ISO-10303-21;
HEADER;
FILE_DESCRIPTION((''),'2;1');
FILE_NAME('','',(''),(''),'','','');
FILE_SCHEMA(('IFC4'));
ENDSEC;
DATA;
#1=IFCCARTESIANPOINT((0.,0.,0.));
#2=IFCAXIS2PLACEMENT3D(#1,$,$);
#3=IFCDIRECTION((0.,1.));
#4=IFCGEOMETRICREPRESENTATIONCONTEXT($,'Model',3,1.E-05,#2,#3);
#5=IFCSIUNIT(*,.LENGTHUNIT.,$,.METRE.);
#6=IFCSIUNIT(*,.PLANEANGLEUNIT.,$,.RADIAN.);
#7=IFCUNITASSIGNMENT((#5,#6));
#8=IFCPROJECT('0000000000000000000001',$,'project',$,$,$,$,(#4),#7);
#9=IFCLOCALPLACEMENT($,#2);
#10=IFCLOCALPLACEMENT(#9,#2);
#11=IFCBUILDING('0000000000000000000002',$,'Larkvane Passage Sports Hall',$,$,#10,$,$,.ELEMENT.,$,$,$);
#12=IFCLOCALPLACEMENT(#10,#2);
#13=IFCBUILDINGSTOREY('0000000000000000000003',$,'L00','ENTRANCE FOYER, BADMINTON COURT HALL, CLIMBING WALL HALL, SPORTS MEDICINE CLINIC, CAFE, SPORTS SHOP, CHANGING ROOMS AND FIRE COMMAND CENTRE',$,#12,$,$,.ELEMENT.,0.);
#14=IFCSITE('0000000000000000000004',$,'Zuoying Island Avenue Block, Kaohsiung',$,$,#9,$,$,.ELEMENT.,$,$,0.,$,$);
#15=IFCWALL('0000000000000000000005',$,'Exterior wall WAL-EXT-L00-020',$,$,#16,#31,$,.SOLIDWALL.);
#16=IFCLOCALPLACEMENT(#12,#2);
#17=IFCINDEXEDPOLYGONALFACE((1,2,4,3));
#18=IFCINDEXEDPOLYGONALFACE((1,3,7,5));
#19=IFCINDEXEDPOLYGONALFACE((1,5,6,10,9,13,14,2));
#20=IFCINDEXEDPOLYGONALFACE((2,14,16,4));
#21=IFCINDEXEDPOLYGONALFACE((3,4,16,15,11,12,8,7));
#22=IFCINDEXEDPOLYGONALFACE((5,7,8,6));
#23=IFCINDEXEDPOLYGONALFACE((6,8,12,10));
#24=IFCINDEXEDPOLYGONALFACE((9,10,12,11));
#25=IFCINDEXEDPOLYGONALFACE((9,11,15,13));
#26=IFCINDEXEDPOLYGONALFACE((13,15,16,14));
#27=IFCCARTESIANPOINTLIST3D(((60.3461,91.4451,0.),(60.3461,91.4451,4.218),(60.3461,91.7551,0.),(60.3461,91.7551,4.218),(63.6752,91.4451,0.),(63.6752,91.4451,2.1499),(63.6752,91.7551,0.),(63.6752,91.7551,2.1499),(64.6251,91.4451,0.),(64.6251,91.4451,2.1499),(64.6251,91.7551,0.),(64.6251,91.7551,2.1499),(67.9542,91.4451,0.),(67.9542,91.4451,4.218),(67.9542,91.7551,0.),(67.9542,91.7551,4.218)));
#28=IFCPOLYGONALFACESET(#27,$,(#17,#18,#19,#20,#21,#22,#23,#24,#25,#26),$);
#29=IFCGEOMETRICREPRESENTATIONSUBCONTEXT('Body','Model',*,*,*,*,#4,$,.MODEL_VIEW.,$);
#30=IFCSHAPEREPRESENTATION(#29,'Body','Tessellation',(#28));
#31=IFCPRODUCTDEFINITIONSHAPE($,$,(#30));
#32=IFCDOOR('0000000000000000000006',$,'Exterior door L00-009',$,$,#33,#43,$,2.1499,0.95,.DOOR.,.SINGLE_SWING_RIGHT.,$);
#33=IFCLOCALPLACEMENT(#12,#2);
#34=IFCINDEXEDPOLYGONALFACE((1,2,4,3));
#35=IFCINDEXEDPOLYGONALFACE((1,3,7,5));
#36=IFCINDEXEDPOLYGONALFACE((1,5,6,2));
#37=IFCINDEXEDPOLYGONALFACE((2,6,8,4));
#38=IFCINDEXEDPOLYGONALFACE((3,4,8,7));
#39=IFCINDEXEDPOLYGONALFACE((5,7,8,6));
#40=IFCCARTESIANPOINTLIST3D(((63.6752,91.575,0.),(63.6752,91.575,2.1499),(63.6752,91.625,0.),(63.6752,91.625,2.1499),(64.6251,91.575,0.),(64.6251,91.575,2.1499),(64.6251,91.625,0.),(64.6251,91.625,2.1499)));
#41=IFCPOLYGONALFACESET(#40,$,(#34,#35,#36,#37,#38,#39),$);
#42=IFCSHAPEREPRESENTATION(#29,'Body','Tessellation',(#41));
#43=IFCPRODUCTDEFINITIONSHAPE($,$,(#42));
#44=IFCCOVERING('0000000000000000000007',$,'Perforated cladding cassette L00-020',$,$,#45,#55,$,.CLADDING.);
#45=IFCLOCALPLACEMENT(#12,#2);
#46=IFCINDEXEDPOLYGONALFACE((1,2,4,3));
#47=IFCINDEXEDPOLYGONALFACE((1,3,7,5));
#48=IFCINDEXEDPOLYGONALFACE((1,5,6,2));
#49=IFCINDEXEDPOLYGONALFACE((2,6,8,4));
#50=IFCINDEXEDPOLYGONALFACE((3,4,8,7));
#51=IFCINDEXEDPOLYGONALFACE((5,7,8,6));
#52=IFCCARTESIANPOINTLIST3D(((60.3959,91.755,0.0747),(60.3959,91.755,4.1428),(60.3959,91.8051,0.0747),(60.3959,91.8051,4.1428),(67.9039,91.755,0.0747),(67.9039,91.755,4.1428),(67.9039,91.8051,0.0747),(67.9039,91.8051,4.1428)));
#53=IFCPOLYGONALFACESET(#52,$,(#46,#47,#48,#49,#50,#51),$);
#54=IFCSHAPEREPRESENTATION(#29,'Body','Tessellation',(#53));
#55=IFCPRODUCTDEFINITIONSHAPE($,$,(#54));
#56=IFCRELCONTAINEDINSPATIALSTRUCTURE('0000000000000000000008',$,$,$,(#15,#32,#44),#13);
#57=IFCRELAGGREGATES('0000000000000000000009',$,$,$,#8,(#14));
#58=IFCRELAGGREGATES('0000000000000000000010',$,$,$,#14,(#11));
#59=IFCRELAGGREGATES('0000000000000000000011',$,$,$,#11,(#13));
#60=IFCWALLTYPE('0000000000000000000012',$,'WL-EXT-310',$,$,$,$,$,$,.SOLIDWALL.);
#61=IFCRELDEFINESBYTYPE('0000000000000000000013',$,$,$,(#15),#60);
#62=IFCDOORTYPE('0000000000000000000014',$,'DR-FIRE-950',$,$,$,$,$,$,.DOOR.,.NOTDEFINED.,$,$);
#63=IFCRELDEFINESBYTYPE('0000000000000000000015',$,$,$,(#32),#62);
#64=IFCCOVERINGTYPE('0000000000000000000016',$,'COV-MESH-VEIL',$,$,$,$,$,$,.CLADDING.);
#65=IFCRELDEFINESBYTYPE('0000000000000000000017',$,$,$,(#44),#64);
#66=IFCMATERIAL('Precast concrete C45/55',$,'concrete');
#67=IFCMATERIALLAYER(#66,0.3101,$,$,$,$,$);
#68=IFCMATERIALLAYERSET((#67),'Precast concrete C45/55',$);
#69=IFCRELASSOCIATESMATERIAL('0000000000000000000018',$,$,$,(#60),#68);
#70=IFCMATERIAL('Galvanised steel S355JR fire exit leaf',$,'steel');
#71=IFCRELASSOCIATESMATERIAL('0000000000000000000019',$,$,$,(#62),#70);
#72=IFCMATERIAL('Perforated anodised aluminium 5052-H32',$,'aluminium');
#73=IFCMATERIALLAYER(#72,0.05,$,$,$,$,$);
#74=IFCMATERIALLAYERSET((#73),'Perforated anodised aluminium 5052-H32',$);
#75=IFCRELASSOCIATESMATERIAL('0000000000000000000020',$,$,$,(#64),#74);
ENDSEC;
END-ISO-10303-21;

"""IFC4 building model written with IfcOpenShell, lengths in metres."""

from ifc_helpers import new_model, si_unit, direction, frame, frame_2d, origin, origin_2d, place, context, subcontext, project, spatial, rectangle, extrude, material, layer, layer_set, type_object, element, fill, save


model = new_model("IFC4")

# Units and contexts
model_context = context("Model", 3, precision=1e-05, world=origin(), true_north=direction((0.0, 1.0)))
body_context = subcontext(model_context, "Body", "Model", "MODEL_VIEW")
ifc_project = project(units=[si_unit("LENGTHUNIT", "METRE"), si_unit("PLANEANGLEUNIT", "RADIAN")], contexts=[model_context])

# Site, building, storey
site_placement = place(None, origin())
site = spatial("IfcSite", under=ifc_project, at=site_placement, Name="Zuoying Island Avenue Block, Kaohsiung", CompositionType="ELEMENT", RefElevation=0.0)
building_placement = place(site_placement, origin())
building = spatial("IfcBuilding", under=site, at=building_placement, Name="Larkvane Passage Sports Hall", CompositionType="ELEMENT")
storey_placement = place(building_placement, origin())
storey = spatial("IfcBuildingStorey", under=building, at=storey_placement, Name="L00", Description="ENTRANCE FOYER, BADMINTON COURT HALL, CLIMBING WALL HALL, SPORTS MEDICINE CLINIC, CAFE, SPORTS SHOP, CHANGING ROOMS AND FIRE COMMAND CENTRE", CompositionType="ELEMENT", Elevation=0.0)

# Wall, opening, door
ifc_material_1 = material(Name="Precast concrete C45/55", Category="concrete")
ifc_layer_1 = layer(ifc_material_1, 0.3101)
ifc_layer_set_1 = layer_set([ifc_layer_1], Name="Precast concrete C45/55")
wall_type = type_object("IfcWallType", Name="WL-EXT-310", PredefinedType="SOLIDWALL", material=ifc_layer_set_1)
wall_placement = place(storey_placement, frame((60.3459, 91.6001, 0.0), z_axis=(0.0, 0.0, 1.0), x_axis=(1.0, 0.0, 0.0)))
wall = element("IfcWall", 1, at=wall_placement, inside=storey, type_object=wall_type, Name="Exterior wall WAL-EXT-L00-020", PredefinedType="SOLIDWALL", context=body_context, shape_type="SweptSolid", body=[
    extrude(rectangle(XDim=7.6082, YDim=0.3101, at=frame_2d((3.8042, 0.0))), origin(), (0.0, 0.0, 1.0), 4.218),
])
opening_placement = place(wall_placement, frame((3.3291, 0.0, 0.0)))
opening = element("IfcOpeningElement", 2, at=opening_placement, cuts=wall, PredefinedType="OPENING", context=body_context, shape_type="SweptSolid", body=[
    extrude(rectangle(XDim=0.95, YDim=2.1499, at=frame_2d((0.4751, 1.075))), frame((0.0, 0.165, 0.0), z_axis=(0.0, -1.0, 0.0), x_axis=(1.0, 0.0, 0.0)), (0.0, 0.0, 1.0), 0.3301),
])
ifc_material_2 = material(Name="Galvanised steel S355JR fire exit leaf", Category="steel")
door_type = type_object("IfcDoorType", Name="DR-FIRE-950", OperationType="NOTDEFINED", PredefinedType="DOOR", material=ifc_material_2)
door_placement = place(opening_placement, origin())
door = element("IfcDoor", 3, at=door_placement, inside=storey, type_object=door_type, Name="Exterior door L00-009", OperationType="SINGLE_SWING_RIGHT", OverallHeight=2.1499, OverallWidth=0.95, PredefinedType="DOOR", context=body_context, shape_type="SweptSolid", body=[
    extrude(rectangle(XDim=0.95, YDim=2.1499, at=frame_2d((0.4751, 1.075))), frame((0.0, 0.0249, 0.0), z_axis=(0.0, -1.0, 0.0), x_axis=(1.0, 0.0, 0.0)), (0.0, 0.0, 1.0), 0.05),
])
fill(opening, door)

# Covering
ifc_material_3 = material(Name="Perforated anodised aluminium 5052-H32", Category="aluminium")
ifc_layer_2 = layer(ifc_material_3, 0.05)
ifc_layer_set_2 = layer_set([ifc_layer_2], Name="Perforated anodised aluminium 5052-H32")
covering_type = type_object("IfcCoveringType", Name="COV-MESH-VEIL", PredefinedType="CLADDING", material=ifc_layer_set_2)
covering_placement = place(storey_placement, frame((64.1499, 91.78, 0.0747), z_axis=(0.0, 0.0, 1.0), x_axis=(1.0, 0.0, 0.0)))
element("IfcCovering", 4, at=covering_placement, inside=storey, type_object=covering_type, Name="Perforated cladding cassette L00-020", PredefinedType="CLADDING", context=body_context, shape_type="SweptSolid", body=[
    extrude(rectangle(XDim=7.5081, YDim=0.05, at=origin_2d()), origin(), (0.0, 0.0, 1.0), 4.0681),
])

save(model, "model.ifc")
